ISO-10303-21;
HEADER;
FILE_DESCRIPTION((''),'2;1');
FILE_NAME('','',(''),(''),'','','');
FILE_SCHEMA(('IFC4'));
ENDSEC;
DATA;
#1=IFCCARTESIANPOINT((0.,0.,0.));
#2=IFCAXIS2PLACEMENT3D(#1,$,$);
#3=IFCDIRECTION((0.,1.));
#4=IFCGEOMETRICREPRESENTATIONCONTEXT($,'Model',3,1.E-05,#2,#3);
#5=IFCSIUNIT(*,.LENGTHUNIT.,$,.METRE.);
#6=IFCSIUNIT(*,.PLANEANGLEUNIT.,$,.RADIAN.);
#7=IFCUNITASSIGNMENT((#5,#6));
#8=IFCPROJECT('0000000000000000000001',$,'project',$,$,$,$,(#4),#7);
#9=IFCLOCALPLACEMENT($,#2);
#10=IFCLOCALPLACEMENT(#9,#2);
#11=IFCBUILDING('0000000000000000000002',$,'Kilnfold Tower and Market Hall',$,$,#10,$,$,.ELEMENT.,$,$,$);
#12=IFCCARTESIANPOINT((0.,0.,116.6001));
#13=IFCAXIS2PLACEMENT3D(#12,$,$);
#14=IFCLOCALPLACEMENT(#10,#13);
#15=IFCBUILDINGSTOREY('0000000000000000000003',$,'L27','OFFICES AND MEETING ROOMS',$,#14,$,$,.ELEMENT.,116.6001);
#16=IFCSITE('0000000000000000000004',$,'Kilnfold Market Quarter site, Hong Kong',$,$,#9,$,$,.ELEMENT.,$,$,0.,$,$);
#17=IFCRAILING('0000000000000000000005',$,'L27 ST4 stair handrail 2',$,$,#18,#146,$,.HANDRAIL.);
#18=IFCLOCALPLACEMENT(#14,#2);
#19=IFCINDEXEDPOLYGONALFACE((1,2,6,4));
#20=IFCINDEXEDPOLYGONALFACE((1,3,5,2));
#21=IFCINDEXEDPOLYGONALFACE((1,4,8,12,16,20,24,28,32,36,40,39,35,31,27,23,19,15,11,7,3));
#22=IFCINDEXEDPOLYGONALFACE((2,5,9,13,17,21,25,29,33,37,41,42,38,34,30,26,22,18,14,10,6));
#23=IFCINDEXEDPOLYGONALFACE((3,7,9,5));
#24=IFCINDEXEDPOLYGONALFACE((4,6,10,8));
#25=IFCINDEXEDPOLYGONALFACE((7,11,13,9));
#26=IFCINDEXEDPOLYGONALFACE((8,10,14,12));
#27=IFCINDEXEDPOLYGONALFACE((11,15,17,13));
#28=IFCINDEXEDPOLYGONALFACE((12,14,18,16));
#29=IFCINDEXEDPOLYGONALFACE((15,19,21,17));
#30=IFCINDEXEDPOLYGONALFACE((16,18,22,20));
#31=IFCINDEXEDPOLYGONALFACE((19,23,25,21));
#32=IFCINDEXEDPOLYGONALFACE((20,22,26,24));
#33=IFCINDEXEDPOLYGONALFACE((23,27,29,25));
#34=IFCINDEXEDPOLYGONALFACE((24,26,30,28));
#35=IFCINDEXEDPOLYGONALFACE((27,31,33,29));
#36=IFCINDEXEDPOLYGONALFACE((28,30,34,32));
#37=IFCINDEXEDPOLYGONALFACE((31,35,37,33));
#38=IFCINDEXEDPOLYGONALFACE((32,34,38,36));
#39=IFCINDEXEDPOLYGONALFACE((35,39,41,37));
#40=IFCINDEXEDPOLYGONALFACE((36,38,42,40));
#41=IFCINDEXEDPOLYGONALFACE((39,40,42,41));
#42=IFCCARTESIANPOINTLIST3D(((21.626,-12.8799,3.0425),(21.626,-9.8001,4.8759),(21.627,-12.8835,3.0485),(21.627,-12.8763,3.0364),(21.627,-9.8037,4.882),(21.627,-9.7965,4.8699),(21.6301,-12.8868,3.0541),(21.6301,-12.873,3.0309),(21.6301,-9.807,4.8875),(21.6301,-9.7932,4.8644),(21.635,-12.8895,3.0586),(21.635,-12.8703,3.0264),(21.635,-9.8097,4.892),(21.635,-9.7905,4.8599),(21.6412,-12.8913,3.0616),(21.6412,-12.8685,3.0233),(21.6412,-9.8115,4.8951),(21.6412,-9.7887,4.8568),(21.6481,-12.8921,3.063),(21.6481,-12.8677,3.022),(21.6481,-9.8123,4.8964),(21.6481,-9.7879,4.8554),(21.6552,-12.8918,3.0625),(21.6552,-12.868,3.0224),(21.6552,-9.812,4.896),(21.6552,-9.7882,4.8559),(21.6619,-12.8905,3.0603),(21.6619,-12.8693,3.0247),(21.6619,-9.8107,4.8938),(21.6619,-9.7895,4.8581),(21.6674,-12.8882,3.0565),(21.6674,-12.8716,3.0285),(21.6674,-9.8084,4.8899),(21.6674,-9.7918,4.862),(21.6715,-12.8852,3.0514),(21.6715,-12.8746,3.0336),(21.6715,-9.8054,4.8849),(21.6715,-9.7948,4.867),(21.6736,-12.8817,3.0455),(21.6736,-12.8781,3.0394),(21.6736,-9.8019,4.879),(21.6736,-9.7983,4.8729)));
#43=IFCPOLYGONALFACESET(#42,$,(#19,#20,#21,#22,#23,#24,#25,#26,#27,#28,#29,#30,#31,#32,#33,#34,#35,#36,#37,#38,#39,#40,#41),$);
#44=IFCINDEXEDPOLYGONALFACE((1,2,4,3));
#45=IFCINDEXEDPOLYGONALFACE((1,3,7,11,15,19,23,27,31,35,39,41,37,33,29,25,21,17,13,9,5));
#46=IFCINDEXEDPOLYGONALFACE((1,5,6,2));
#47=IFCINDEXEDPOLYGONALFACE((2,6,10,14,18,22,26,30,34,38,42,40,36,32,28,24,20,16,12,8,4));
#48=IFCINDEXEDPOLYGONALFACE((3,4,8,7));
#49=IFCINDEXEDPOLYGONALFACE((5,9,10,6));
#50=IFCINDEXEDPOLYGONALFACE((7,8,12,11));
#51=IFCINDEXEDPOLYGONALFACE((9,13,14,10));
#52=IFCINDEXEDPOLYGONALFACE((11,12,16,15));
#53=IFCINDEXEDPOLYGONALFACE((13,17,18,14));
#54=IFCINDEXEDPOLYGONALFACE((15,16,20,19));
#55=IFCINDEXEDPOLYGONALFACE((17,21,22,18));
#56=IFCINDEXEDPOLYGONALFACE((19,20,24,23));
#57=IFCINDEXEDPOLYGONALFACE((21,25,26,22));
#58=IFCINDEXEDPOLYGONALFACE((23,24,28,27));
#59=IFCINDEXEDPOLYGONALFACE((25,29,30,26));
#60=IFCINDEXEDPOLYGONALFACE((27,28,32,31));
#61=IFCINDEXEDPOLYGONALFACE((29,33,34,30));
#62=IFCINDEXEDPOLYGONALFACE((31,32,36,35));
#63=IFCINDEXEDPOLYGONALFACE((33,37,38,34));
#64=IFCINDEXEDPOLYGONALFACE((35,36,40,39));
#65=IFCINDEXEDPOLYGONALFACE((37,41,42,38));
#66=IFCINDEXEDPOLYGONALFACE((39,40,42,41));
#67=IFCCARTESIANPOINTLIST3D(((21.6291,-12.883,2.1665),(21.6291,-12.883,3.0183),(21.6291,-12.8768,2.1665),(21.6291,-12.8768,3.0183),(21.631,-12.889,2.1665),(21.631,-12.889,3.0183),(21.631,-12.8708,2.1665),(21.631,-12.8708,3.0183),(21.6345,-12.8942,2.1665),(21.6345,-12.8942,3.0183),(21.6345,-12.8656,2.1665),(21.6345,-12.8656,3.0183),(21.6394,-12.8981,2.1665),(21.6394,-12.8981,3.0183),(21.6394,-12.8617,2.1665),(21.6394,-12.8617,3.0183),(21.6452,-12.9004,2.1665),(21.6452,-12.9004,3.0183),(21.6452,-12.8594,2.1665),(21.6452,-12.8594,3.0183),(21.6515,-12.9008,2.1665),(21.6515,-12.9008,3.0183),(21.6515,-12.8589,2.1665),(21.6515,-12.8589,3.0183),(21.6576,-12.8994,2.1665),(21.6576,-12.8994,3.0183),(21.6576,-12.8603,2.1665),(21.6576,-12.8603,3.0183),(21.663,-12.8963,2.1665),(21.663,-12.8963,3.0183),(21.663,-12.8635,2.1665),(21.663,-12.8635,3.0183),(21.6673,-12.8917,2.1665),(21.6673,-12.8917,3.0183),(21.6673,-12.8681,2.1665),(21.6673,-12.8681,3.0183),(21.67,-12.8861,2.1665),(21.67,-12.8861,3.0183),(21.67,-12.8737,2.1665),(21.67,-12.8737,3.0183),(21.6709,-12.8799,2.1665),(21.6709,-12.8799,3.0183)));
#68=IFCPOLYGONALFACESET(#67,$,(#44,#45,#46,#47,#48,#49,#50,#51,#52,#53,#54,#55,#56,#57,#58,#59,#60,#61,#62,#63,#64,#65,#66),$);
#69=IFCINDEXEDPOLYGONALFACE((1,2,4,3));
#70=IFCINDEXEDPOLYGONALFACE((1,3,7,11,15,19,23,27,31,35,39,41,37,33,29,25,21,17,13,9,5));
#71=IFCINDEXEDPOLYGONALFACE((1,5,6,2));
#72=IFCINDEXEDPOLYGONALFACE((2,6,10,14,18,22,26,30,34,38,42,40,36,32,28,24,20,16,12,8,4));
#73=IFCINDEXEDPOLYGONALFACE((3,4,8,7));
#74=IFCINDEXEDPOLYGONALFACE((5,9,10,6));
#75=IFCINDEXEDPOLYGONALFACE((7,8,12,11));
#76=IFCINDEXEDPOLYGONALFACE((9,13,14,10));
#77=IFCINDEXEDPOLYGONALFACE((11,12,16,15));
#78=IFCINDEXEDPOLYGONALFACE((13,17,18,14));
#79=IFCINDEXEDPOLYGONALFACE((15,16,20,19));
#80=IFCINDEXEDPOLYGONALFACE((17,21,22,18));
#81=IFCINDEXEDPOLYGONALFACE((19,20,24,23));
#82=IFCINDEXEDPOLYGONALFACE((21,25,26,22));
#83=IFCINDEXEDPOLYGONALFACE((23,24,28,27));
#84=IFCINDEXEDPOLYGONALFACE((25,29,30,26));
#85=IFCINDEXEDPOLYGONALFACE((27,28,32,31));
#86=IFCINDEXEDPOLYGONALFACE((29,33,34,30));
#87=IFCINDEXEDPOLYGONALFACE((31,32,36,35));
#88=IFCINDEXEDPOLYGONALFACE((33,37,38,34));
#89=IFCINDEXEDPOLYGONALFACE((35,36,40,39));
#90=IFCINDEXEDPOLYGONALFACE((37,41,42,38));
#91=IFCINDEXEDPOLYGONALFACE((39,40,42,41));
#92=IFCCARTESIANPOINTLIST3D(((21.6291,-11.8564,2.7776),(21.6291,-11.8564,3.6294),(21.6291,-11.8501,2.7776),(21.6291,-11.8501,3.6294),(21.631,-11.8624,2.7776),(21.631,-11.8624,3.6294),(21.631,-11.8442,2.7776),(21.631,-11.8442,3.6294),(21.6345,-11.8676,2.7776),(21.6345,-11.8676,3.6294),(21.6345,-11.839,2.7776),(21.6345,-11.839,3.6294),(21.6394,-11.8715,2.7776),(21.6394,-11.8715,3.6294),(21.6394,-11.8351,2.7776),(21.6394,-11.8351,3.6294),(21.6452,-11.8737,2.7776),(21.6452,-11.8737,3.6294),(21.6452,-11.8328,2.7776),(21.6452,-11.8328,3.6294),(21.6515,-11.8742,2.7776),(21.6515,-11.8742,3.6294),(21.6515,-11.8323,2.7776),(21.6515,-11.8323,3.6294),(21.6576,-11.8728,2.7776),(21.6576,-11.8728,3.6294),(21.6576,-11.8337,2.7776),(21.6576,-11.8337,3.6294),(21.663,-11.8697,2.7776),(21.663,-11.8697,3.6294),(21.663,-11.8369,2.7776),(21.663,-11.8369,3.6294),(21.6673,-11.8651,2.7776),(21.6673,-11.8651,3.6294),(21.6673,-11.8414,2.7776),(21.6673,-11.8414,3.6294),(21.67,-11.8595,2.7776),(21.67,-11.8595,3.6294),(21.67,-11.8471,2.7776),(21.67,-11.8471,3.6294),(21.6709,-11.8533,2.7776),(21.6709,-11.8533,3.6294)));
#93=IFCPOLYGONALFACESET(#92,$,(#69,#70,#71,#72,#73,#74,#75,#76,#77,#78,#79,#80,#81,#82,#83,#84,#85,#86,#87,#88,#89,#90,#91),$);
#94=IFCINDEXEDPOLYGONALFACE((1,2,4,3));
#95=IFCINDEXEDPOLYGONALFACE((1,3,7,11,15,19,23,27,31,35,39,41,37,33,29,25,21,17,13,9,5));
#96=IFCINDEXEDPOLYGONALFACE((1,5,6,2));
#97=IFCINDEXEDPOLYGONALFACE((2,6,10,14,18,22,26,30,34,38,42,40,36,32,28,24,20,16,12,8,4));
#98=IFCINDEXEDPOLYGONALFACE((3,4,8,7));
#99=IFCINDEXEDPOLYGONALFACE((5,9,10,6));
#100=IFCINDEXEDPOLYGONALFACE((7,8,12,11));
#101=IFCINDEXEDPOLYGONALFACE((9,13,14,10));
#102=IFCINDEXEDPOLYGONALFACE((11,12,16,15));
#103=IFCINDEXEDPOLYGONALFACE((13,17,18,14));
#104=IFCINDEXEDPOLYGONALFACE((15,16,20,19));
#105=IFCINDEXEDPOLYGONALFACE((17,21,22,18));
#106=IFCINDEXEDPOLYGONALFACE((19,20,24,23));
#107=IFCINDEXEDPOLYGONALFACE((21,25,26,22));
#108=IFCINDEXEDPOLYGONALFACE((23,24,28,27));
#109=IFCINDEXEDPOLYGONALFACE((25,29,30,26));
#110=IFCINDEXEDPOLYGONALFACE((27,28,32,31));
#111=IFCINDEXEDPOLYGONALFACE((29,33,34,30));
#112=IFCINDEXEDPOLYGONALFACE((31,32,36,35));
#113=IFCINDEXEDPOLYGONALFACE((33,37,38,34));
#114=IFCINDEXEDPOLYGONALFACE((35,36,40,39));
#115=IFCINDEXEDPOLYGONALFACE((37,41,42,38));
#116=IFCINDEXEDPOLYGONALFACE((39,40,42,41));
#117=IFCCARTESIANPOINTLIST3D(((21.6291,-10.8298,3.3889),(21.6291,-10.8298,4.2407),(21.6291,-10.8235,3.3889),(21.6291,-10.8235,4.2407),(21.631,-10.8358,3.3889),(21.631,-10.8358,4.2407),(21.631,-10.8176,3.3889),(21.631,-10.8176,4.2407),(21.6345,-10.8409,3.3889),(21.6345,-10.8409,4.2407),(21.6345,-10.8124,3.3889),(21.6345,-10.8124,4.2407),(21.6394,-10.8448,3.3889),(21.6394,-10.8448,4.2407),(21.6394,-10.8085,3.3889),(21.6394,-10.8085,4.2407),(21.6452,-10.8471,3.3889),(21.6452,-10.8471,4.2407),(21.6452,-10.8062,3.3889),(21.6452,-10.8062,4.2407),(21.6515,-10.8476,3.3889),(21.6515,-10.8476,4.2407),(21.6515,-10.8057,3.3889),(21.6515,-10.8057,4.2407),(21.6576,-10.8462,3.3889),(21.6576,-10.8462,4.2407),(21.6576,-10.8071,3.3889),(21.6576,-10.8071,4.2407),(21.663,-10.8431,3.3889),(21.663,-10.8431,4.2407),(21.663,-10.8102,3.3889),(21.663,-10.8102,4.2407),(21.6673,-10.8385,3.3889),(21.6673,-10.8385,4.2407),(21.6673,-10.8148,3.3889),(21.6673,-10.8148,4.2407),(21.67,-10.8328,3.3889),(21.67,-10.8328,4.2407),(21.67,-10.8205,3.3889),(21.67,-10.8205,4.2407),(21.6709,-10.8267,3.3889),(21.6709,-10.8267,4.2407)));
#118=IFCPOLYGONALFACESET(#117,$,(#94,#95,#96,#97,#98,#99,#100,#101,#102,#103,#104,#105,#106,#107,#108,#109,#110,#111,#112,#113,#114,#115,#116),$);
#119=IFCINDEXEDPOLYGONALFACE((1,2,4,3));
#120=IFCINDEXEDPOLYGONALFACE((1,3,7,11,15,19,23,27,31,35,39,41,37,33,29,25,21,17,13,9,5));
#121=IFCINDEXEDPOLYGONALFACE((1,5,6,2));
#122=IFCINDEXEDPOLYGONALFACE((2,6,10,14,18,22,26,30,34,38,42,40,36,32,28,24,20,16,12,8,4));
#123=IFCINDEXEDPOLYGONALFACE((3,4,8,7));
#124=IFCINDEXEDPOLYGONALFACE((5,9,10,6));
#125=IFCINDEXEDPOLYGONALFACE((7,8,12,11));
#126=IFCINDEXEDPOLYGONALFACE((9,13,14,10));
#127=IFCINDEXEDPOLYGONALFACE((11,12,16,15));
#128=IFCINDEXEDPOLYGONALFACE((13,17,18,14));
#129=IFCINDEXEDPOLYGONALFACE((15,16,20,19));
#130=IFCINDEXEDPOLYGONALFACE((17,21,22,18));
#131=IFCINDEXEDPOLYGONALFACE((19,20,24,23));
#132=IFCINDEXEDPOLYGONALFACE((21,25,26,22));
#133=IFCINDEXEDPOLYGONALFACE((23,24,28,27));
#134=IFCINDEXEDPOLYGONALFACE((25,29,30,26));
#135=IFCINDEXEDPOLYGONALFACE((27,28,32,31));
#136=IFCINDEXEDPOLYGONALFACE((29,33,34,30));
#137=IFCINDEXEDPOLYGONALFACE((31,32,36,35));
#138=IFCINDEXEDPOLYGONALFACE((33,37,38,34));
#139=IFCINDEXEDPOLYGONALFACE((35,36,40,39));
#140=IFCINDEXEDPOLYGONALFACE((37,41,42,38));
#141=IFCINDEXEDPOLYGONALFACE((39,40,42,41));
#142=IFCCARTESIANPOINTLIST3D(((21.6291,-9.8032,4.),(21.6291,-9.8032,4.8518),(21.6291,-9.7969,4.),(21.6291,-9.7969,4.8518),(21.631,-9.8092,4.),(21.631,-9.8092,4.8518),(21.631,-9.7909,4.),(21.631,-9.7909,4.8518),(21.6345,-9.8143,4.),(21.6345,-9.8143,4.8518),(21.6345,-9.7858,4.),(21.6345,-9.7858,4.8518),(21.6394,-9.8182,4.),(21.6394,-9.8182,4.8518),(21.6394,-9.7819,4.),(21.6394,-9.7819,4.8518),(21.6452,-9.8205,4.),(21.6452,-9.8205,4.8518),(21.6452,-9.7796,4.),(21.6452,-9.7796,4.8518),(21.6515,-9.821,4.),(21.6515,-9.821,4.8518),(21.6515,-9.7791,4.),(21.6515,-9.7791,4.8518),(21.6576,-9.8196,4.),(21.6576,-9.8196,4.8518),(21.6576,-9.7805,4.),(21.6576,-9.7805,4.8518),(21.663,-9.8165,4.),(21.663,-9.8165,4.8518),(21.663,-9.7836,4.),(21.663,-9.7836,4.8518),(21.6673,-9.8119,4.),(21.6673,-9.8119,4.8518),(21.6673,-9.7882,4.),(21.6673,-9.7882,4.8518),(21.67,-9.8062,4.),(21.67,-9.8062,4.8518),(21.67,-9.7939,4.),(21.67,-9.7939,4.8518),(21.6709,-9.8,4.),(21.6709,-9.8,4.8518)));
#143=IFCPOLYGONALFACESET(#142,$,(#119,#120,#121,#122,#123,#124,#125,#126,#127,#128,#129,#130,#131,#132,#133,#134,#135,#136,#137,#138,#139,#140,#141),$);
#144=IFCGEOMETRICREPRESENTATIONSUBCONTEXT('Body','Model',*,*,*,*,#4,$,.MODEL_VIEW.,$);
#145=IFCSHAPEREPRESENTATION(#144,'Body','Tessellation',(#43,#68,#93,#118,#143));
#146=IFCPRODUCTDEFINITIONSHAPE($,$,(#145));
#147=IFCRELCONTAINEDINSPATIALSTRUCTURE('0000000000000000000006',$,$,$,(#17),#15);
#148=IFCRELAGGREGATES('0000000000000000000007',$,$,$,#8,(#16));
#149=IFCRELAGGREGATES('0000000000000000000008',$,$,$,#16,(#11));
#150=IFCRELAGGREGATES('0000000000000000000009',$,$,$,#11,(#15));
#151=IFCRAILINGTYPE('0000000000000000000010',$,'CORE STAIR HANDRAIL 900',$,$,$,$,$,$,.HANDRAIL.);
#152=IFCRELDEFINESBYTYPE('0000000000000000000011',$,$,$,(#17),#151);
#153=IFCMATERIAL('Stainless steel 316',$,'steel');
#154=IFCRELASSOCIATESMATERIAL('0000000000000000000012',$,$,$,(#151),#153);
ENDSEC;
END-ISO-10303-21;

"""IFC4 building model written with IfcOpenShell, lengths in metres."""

from ifc_helpers import new_model, si_unit, direction, frame, origin, origin_2d, place, context, subcontext, project, spatial, circle, extrude, material, type_object, element, save


model = new_model("IFC4")

# Units and contexts
model_context = context("Model", 3, precision=1e-05, world=origin(), true_north=direction((0.0, 1.0)))
body_context = subcontext(model_context, "Body", "Model", "MODEL_VIEW")
ifc_project = project(units=[si_unit("LENGTHUNIT", "METRE"), si_unit("PLANEANGLEUNIT", "RADIAN")], contexts=[model_context])

# Site, building, storey
site_placement = place(None, origin())
site = spatial("IfcSite", under=ifc_project, at=site_placement, Name="Kilnfold Market Quarter site, Hong Kong", CompositionType="ELEMENT", RefElevation=0.0)
building_placement = place(site_placement, origin())
building = spatial("IfcBuilding", under=site, at=building_placement, Name="Kilnfold Tower and Market Hall", CompositionType="ELEMENT")
storey_placement = place(building_placement, frame((0.0, 0.0, 116.6001)))
storey = spatial("IfcBuildingStorey", under=building, at=storey_placement, Name="L27", Description="OFFICES AND MEETING ROOMS", CompositionType="ELEMENT", Elevation=116.6001)

# Railing
ifc_material_1 = material(Name="Stainless steel 316", Category="steel")
railing_type_1 = type_object("IfcRailingType", Name="CORE STAIR HANDRAIL 900", PredefinedType="HANDRAIL", material=ifc_material_1)
railing_1_placement = place(storey_placement, frame((21.6499, -12.8799, 2.1665)))
element("IfcRailing", 1, at=railing_1_placement, inside=storey, type_object=railing_type_1, Name="L27 ST4 stair handrail 2", PredefinedType="HANDRAIL", context=body_context, shape_type="SweptSolid", body=[
    extrude(circle(Radius=0.0239, at=origin_2d()), frame((0.0, 0.0, 0.876), z_axis=(0.0, 0.859261, 0.511538), x_axis=(-1.0, 0.0, 0.0)), (0.0, 0.0, 1.0), 3.5842),
    extrude(circle(Radius=0.021, at=origin_2d()), origin(), (0.0, 0.0, 1.0), 0.8518),
    extrude(circle(Radius=0.021, at=origin_2d()), frame((0.0, 1.0266, 0.6111)), (0.0, 0.0, 1.0), 0.8518),
    extrude(circle(Radius=0.021, at=origin_2d()), frame((0.0, 2.0532, 1.2224)), (0.0, 0.0, 1.0), 0.8518),
    extrude(circle(Radius=0.021, at=origin_2d()), frame((0.0, 3.0798, 1.8335)), (0.0, 0.0, 1.0), 0.8518),
])

save(model, "model.ifc")
